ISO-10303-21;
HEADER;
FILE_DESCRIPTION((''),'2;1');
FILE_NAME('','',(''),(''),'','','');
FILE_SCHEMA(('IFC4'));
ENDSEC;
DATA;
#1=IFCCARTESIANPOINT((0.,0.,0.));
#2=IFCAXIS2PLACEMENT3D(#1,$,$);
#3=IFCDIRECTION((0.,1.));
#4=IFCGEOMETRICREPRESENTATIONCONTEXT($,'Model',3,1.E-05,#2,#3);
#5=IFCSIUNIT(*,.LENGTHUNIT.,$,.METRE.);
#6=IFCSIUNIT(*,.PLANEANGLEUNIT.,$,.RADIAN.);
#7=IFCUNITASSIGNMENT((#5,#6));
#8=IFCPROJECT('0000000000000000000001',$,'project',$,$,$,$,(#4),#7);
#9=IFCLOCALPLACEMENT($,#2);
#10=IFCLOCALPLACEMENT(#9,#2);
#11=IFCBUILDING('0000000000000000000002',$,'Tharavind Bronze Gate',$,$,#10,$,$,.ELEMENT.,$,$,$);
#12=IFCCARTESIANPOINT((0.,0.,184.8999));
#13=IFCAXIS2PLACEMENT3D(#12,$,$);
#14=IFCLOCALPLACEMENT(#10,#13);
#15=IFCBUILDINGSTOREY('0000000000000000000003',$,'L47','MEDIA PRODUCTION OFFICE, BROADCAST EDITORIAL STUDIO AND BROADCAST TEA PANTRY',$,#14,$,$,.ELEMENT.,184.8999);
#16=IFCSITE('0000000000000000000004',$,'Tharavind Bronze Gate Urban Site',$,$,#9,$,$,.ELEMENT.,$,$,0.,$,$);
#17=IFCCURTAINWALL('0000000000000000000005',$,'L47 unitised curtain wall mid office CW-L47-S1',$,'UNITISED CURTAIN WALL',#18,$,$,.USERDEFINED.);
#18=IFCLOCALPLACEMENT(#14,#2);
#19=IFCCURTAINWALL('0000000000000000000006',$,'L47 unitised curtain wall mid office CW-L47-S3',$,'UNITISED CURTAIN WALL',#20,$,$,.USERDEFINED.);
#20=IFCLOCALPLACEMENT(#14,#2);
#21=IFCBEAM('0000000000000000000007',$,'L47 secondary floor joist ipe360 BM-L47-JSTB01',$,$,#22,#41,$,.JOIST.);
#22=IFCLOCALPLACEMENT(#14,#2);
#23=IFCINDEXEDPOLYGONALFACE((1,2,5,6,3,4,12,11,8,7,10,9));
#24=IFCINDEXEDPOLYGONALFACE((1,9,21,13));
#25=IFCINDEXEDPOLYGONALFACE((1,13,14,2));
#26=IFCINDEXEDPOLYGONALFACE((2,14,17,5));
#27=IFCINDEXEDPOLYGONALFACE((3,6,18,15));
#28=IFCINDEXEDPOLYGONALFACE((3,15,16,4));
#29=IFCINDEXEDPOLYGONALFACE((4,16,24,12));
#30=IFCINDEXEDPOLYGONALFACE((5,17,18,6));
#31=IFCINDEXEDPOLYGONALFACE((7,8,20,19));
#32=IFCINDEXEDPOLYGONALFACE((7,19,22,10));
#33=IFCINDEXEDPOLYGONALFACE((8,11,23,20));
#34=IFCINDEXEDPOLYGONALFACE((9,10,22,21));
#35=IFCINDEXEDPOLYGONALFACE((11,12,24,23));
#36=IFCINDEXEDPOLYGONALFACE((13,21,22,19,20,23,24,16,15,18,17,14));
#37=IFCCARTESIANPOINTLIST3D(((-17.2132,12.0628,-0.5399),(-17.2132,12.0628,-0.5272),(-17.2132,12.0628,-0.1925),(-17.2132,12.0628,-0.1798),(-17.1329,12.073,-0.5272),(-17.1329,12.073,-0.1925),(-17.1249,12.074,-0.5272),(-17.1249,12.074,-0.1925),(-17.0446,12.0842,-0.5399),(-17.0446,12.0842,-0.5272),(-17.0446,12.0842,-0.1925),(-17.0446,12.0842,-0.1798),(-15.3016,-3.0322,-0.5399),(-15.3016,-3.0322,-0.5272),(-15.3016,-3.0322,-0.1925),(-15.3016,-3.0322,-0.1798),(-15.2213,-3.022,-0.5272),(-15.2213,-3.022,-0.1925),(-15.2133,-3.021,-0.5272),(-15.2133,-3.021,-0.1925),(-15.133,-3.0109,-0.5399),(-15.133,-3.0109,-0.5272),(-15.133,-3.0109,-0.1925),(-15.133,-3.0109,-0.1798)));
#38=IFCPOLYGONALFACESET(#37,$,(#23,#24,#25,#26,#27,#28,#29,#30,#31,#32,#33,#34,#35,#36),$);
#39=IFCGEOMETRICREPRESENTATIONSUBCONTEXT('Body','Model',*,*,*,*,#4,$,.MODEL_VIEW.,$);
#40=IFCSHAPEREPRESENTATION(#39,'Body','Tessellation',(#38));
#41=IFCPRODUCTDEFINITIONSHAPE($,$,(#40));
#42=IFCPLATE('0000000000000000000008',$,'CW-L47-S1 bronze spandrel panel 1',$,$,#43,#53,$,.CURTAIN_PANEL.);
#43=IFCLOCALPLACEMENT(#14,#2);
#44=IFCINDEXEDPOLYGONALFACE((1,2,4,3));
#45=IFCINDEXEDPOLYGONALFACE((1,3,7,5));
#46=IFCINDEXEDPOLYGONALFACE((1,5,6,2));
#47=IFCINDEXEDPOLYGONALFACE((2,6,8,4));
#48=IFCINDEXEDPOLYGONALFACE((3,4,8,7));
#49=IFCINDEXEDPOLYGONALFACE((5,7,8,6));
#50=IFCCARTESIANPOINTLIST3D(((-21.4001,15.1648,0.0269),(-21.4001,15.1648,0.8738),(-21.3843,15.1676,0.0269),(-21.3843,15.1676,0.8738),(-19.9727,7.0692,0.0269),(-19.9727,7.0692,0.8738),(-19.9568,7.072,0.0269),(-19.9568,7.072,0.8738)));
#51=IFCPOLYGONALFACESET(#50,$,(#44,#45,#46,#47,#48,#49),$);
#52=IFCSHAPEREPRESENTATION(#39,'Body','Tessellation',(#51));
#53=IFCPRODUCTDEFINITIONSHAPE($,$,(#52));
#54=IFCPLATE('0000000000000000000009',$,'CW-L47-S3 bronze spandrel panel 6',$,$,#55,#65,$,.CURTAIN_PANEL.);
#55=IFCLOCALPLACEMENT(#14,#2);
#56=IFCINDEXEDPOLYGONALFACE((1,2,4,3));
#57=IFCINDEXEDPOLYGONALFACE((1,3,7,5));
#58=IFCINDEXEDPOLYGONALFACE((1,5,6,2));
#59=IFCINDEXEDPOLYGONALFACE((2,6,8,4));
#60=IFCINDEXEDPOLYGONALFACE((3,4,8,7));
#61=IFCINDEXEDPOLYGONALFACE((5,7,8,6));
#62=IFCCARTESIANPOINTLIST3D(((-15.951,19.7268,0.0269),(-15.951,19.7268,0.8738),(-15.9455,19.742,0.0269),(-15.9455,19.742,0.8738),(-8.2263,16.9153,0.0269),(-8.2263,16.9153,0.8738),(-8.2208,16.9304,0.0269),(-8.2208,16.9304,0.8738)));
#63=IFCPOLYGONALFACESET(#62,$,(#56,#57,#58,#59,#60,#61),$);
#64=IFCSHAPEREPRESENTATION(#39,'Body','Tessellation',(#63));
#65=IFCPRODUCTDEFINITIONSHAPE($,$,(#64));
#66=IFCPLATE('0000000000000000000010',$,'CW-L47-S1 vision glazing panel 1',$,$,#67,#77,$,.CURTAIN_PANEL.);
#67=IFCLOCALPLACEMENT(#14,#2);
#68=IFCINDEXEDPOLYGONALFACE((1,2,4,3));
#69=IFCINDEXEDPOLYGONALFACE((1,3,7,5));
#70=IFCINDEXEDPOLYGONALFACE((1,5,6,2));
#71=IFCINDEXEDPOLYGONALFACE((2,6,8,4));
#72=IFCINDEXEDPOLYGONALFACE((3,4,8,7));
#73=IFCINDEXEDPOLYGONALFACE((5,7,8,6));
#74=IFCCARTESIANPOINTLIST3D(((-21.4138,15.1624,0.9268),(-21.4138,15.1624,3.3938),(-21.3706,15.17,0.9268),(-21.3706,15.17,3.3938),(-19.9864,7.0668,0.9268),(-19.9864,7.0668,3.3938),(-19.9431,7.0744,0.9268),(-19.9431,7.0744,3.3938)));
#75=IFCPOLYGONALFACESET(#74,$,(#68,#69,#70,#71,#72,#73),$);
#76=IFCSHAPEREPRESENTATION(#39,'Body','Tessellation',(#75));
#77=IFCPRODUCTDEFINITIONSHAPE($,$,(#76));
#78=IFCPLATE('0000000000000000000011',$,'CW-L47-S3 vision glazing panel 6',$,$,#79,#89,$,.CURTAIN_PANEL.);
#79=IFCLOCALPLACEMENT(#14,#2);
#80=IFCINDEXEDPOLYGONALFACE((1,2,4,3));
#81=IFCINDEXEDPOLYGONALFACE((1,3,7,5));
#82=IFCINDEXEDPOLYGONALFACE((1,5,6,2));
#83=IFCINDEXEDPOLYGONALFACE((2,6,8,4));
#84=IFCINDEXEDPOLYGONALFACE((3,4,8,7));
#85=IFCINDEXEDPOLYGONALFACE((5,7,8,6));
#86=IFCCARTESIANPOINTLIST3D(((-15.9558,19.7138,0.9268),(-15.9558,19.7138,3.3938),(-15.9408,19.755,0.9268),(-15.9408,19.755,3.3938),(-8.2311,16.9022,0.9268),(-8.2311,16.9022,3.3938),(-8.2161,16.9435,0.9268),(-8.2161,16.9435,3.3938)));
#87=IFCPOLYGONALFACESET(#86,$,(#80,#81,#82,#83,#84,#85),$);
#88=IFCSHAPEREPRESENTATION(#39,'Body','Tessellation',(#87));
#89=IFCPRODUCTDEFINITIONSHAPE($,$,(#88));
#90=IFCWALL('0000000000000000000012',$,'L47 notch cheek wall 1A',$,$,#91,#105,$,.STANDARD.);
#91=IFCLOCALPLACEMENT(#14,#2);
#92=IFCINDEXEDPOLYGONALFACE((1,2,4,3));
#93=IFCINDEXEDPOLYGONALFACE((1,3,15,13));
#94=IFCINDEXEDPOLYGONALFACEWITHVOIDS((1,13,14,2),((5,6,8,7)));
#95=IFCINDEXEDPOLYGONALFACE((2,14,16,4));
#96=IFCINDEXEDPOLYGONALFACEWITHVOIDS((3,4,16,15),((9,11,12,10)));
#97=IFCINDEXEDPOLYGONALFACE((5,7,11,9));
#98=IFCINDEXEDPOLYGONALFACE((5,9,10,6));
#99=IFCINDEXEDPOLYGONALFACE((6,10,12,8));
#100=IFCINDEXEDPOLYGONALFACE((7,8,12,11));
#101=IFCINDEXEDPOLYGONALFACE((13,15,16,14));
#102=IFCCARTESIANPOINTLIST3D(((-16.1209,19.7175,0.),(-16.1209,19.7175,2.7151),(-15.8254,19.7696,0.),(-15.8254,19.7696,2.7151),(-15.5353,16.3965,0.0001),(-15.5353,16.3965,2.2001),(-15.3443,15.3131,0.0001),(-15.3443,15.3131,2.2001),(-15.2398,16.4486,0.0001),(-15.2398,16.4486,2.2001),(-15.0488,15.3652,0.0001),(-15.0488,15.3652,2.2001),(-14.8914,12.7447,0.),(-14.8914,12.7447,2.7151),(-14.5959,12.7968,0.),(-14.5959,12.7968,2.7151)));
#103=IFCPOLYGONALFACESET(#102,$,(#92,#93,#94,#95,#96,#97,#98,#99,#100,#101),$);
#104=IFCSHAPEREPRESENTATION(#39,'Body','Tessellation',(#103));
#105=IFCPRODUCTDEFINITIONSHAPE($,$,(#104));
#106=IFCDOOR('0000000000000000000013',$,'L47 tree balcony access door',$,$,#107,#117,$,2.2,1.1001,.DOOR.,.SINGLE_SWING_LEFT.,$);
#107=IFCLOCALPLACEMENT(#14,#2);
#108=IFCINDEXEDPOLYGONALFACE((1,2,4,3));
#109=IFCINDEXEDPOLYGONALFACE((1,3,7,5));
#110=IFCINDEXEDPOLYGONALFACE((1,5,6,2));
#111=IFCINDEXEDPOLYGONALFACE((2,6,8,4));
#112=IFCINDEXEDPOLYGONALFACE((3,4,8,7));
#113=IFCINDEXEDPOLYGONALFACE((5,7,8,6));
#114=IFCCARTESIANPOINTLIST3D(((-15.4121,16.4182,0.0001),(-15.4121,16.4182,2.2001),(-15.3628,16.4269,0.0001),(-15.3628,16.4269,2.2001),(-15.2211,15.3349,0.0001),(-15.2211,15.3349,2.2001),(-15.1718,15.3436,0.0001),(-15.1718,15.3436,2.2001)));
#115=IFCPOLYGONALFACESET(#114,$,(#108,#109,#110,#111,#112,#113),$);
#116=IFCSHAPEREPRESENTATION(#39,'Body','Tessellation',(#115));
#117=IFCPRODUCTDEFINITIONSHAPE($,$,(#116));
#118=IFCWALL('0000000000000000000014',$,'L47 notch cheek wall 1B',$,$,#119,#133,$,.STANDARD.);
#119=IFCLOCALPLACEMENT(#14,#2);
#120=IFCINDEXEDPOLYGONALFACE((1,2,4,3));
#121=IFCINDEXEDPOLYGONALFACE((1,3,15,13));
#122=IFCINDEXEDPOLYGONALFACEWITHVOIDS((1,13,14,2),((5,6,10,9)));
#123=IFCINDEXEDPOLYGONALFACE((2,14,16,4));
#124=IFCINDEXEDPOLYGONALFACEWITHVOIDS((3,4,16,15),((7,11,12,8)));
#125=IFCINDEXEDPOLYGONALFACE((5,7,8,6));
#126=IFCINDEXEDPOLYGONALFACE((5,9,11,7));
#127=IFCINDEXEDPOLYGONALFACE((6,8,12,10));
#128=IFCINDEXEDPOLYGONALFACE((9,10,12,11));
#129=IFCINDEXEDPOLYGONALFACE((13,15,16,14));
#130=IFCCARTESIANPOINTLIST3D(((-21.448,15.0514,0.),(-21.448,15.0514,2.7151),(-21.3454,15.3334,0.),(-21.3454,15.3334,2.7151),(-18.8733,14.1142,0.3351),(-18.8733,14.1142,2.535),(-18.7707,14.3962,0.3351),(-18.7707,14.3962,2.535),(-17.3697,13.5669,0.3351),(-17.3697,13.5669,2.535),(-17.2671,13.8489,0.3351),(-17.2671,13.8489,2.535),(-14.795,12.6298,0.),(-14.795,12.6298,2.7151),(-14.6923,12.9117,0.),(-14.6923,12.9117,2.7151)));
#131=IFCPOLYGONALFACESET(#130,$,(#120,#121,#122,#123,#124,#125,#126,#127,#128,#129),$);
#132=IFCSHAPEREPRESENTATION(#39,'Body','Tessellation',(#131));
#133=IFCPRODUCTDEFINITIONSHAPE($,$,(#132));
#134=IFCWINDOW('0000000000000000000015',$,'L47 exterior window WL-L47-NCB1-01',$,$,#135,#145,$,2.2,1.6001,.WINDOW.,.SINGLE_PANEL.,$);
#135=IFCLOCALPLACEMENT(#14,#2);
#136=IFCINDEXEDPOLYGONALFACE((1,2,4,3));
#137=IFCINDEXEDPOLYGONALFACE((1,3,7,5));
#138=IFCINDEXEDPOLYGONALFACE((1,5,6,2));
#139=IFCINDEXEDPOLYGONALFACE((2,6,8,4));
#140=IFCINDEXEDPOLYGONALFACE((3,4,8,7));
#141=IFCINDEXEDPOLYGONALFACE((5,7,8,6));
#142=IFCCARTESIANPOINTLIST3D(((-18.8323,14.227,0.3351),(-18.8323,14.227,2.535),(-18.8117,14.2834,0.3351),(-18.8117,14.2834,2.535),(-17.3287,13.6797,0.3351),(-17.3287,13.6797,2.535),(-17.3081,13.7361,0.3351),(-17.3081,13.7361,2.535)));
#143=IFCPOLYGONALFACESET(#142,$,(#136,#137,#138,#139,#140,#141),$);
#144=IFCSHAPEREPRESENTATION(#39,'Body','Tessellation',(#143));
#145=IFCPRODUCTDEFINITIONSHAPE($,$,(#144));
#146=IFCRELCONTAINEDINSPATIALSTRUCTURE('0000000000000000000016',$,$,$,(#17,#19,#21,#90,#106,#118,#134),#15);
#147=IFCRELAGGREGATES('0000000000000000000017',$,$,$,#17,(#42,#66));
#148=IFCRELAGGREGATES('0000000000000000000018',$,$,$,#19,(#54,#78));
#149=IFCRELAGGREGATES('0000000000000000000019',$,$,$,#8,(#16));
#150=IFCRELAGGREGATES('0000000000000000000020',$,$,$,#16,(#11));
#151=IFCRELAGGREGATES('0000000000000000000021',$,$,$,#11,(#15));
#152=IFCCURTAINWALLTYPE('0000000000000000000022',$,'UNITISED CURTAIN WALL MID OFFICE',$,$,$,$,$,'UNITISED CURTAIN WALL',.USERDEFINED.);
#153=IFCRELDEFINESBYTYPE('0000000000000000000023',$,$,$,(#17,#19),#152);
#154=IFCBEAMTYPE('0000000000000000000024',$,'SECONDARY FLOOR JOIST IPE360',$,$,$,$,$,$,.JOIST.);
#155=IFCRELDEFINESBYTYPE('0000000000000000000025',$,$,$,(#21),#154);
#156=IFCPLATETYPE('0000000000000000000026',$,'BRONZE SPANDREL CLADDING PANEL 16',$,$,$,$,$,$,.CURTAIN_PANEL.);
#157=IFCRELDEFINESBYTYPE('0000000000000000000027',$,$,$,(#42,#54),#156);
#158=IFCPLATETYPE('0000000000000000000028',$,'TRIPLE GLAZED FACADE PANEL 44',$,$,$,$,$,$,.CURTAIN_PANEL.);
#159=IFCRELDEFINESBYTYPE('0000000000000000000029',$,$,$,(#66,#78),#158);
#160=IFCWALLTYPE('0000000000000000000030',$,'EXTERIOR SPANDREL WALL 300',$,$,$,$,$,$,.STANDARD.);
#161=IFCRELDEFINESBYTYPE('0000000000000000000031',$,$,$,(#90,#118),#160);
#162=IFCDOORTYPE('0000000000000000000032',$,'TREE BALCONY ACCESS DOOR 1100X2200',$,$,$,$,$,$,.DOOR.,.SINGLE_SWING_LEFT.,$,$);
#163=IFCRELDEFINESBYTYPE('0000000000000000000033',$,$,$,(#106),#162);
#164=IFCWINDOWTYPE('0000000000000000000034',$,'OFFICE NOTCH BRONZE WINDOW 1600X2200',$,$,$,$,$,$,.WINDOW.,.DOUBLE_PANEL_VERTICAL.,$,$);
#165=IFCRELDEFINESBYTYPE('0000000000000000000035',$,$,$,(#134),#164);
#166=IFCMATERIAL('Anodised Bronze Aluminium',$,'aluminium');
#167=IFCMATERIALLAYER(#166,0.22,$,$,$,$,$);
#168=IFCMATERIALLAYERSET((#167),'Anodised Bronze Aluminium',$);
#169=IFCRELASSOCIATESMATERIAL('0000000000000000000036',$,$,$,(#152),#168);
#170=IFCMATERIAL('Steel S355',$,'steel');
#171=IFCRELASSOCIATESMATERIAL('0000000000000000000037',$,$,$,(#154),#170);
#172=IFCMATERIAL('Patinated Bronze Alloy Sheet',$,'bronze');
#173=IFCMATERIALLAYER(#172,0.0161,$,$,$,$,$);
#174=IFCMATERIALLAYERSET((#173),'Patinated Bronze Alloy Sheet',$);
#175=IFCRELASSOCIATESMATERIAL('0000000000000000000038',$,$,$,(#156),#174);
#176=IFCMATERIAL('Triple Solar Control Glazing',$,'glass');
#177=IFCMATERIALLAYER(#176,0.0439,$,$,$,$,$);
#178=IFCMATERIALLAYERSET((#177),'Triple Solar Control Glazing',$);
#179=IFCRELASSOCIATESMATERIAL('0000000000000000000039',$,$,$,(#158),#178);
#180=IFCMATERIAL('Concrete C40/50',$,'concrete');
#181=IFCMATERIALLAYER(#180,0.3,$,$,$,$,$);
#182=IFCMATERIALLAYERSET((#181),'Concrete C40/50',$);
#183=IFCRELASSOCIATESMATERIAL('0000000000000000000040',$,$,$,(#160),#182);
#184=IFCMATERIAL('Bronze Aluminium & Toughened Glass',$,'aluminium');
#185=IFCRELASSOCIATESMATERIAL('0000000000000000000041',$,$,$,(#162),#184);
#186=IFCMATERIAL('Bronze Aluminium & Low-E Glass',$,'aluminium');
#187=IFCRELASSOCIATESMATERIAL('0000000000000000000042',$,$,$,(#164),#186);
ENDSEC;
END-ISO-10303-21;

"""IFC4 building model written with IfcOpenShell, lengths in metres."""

from ifc_helpers import new_model, si_unit, direction, frame, frame_2d, origin, origin_2d, place, context, subcontext, project, spatial, rectangle, i_section, extrude, material, layer, layer_set, material_profile, profile_set, type_object, element, fill, aggregate, save


model = new_model("IFC4")

# Units and contexts
model_context = context("Model", 3, precision=1e-05, world=origin(), true_north=direction((0.0, 1.0)))
body_context = subcontext(model_context, "Body", "Model", "MODEL_VIEW")
ifc_project = project(units=[si_unit("LENGTHUNIT", "METRE"), si_unit("PLANEANGLEUNIT", "RADIAN")], contexts=[model_context])

# Site, building, storey
site_placement = place(None, origin())
site = spatial("IfcSite", under=ifc_project, at=site_placement, Name="Tharavind Bronze Gate Urban Site", CompositionType="ELEMENT", RefElevation=0.0)
building_placement = place(site_placement, origin())
building = spatial("IfcBuilding", under=site, at=building_placement, Name="Tharavind Bronze Gate", CompositionType="ELEMENT")
storey_placement = place(building_placement, frame((0.0, 0.0, 184.8999)))
storey = spatial("IfcBuildingStorey", under=building, at=storey_placement, Name="L47", Description="MEDIA PRODUCTION OFFICE, BROADCAST EDITORIAL STUDIO AND BROADCAST TEA PANTRY", CompositionType="ELEMENT", Elevation=184.8999)

# Curtain wall
ifc_material_1 = material(Name="Anodised Bronze Aluminium", Category="aluminium")
ifc_layer_1 = layer(ifc_material_1, 0.22)
ifc_layer_set_1 = layer_set([ifc_layer_1], Name="Anodised Bronze Aluminium")
curtain_wall_type = type_object("IfcCurtainWallType", Name="UNITISED CURTAIN WALL MID OFFICE", ElementType="UNITISED CURTAIN WALL", PredefinedType="USERDEFINED", material=ifc_layer_set_1)
curtain_wall_1_placement = place(storey_placement, origin())
curtain_wall_1 = element("IfcCurtainWall", 1, at=curtain_wall_1_placement, inside=storey, type_object=curtain_wall_type, Name="L47 unitised curtain wall mid office CW-L47-S1", ObjectType="UNITISED CURTAIN WALL", PredefinedType="USERDEFINED")

# Curtain wall
curtain_wall_2_placement = place(storey_placement, origin())
curtain_wall_2 = element("IfcCurtainWall", 2, at=curtain_wall_2_placement, inside=storey, type_object=curtain_wall_type, Name="L47 unitised curtain wall mid office CW-L47-S3", ObjectType="UNITISED CURTAIN WALL", PredefinedType="USERDEFINED")

# Beam
ifc_material_2 = material(Name="Steel S355", Category="steel")
ifc_material_profile_1 = material_profile(ifc_material_2, i_section(OverallWidth=0.1699, OverallDepth=0.3601, WebThickness=0.0081, FlangeThickness=0.0127, at=origin_2d()), Name="IPE360")
ifc_profile_set_1 = profile_set([ifc_material_profile_1], Name="Steel S355")
beam_type_1 = type_object("IfcBeamType", Name="SECONDARY FLOOR JOIST IPE360", PredefinedType="JOIST", material=ifc_profile_set_1)
beam_1_placement = place(storey_placement, frame((-17.1289, 12.0735, -0.3599), z_axis=(0.125636, -0.992076, 0.0), x_axis=(0.992076, 0.125636, 0.0)))
element("IfcBeam", 3, at=beam_1_placement, inside=storey, type_object=beam_type_1, Name="L47 secondary floor joist ipe360 BM-L47-JSTB01", PredefinedType="JOIST", context=body_context, shape_type="SweptSolid", body=[
    extrude(i_section(OverallWidth=0.1699, OverallDepth=0.3601, WebThickness=0.0081, FlangeThickness=0.0127, at=origin_2d()), origin(), (0.0, 0.0, 1.0), 15.2156),
])

# Plates
ifc_material_3 = material(Name="Patinated Bronze Alloy Sheet", Category="bronze")
ifc_layer_2 = layer(ifc_material_3, 0.0161)
ifc_layer_set_2 = layer_set([ifc_layer_2], Name="Patinated Bronze Alloy Sheet")
plate_type_1 = type_object("IfcPlateType", Name="BRONZE SPANDREL CLADDING PANEL 16", PredefinedType="CURTAIN_PANEL", material=ifc_layer_set_2)
plate_1_placement = place(storey_placement, frame((-20.6785, 11.1184, 0.0269), z_axis=(0.0, 0.0, 1.0), x_axis=(0.173648, -0.984808, 0.0)))
plate_1 = element("IfcPlate", 4, at=plate_1_placement, type_object=plate_type_1, Name="CW-L47-S1 bronze spandrel panel 1", PredefinedType="CURTAIN_PANEL", context=body_context, shape_type="SweptSolid", body=[
    extrude(rectangle(XDim=8.2205, YDim=0.0161, at=origin_2d()), origin(), (0.0, 0.0, 1.0), 0.8469),
])
plate_2_placement = place(storey_placement, frame((-12.0859, 18.3286, 0.0269), z_axis=(0.0, 0.0, 1.0), x_axis=(-0.939692, 0.342022, 0.0)))
plate_2 = element("IfcPlate", 5, at=plate_2_placement, type_object=plate_type_1, Name="CW-L47-S3 bronze spandrel panel 6", PredefinedType="CURTAIN_PANEL", context=body_context, shape_type="SweptSolid", body=[
    extrude(rectangle(XDim=8.2205, YDim=0.0161, at=origin_2d()), origin(), (0.0, 0.0, 1.0), 0.8469),
])
ifc_material_4 = material(Name="Triple Solar Control Glazing", Category="glass")
ifc_layer_3 = layer(ifc_material_4, 0.0439)
ifc_layer_set_3 = layer_set([ifc_layer_3], Name="Triple Solar Control Glazing")
plate_type_2 = type_object("IfcPlateType", Name="TRIPLE GLAZED FACADE PANEL 44", PredefinedType="CURTAIN_PANEL", material=ifc_layer_set_3)
plate_3_placement = place(storey_placement, frame((-20.6785, 11.1184, 0.9268), z_axis=(0.0, 0.0, 1.0), x_axis=(0.173648, -0.984808, 0.0)))
plate_3 = element("IfcPlate", 6, at=plate_3_placement, type_object=plate_type_2, Name="CW-L47-S1 vision glazing panel 1", PredefinedType="CURTAIN_PANEL", context=body_context, shape_type="SweptSolid", body=[
    extrude(rectangle(XDim=8.2205, YDim=0.0439, at=origin_2d()), origin(), (0.0, 0.0, 1.0), 2.467),
])
aggregate(curtain_wall_1, [plate_1, plate_3])
plate_4_placement = place(storey_placement, frame((-12.0859, 18.3286, 0.9268), z_axis=(0.0, 0.0, 1.0), x_axis=(-0.939692, 0.342022, 0.0)))
plate_4 = element("IfcPlate", 7, at=plate_4_placement, type_object=plate_type_2, Name="CW-L47-S3 vision glazing panel 6", PredefinedType="CURTAIN_PANEL", context=body_context, shape_type="SweptSolid", body=[
    extrude(rectangle(XDim=8.2205, YDim=0.0439, at=origin_2d()), origin(), (0.0, 0.0, 1.0), 2.467),
])
aggregate(curtain_wall_2, [plate_2, plate_4])

# Wall, opening, door
ifc_material_5 = material(Name="Concrete C40/50", Category="concrete")
ifc_layer_4 = layer(ifc_material_5, 0.3)
ifc_layer_set_4 = layer_set([ifc_layer_4], Name="Concrete C40/50")
wall_type = type_object("IfcWallType", Name="EXTERIOR SPANDREL WALL 300", PredefinedType="STANDARD", material=ifc_layer_set_4)
wall_1_placement = place(storey_placement, frame((-15.9731, 19.7434, 0.0), z_axis=(0.0, 0.0, 1.0), x_axis=(0.173652, -0.984807, 0.0)))
wall_1 = element("IfcWall", 8, at=wall_1_placement, inside=storey, type_object=wall_type, Name="L47 notch cheek wall 1A", PredefinedType="STANDARD", context=body_context, shape_type="SweptSolid", body=[
    extrude(rectangle(XDim=7.0803, YDim=0.3, at=frame_2d((3.54, 0.0))), origin(), (0.0, 0.0, 1.0), 2.7151),
])
opening_1_placement = place(wall_1_placement, frame((3.3721, 0.0, 0.0)))
opening_1 = element("IfcOpeningElement", 9, at=opening_1_placement, cuts=wall_1, PredefinedType="OPENING", context=body_context, shape_type="SweptSolid", body=[
    extrude(rectangle(XDim=1.1001, YDim=2.2, at=frame_2d((0.55, 1.1001))), frame((0.0, 0.1599, 0.0), z_axis=(0.0, -1.0, 0.0), x_axis=(1.0, 0.0, 0.0)), (0.0, 0.0, 1.0), 0.32),
])
ifc_material_6 = material(Name="Bronze Aluminium & Toughened Glass", Category="aluminium")
door_type = type_object("IfcDoorType", Name="TREE BALCONY ACCESS DOOR 1100X2200", OperationType="SINGLE_SWING_LEFT", PredefinedType="DOOR", material=ifc_material_6)
door_placement = place(opening_1_placement, frame((1.1001, 0.0, 0.0), z_axis=(0.0, 0.0, 1.0), x_axis=(-1.0, 0.0, 0.0)))
door = element("IfcDoor", 10, at=door_placement, inside=storey, type_object=door_type, Name="L47 tree balcony access door", OperationType="SINGLE_SWING_LEFT", OverallHeight=2.2, OverallWidth=1.1001, PredefinedType="DOOR", context=body_context, shape_type="SweptSolid", body=[
    extrude(rectangle(XDim=1.1001, YDim=2.2, at=frame_2d((0.55, 1.1001))), frame((0.0, 0.0249, 0.0), z_axis=(0.0, -1.0, 0.0), x_axis=(1.0, 0.0, 0.0)), (0.0, 0.0, 1.0), 0.05),
])
fill(opening_1, door)

# Wall, opening, window
wall_2_placement = place(storey_placement, frame((-14.7437, 12.7708, 0.0), z_axis=(0.0, 0.0, 1.0), x_axis=(-0.939688, 0.342034, 0.0)))
wall_2 = element("IfcWall", 11, at=wall_2_placement, inside=storey, type_object=wall_type, Name="L47 notch cheek wall 1B", PredefinedType="STANDARD", context=body_context, shape_type="SweptSolid", body=[
    extrude(rectangle(XDim=7.0801, YDim=0.3, at=frame_2d((3.54, 0.0))), origin(), (0.0, 0.0, 1.0), 2.7151),
])
opening_2_placement = place(wall_2_placement, frame((2.74, 0.0, 0.335)))
opening_2 = element("IfcOpeningElement", 12, at=opening_2_placement, cuts=wall_2, PredefinedType="OPENING", context=body_context, shape_type="SweptSolid", body=[
    extrude(rectangle(XDim=1.6001, YDim=2.2, at=frame_2d((0.8, 1.1001))), frame((0.0, 0.1599, 0.0), z_axis=(0.0, -1.0, 0.0), x_axis=(1.0, 0.0, 0.0)), (0.0, 0.0, 1.0), 0.32),
])
ifc_material_7 = material(Name="Bronze Aluminium & Low-E Glass", Category="aluminium")
window_type = type_object("IfcWindowType", Name="OFFICE NOTCH BRONZE WINDOW 1600X2200", PartitioningType="DOUBLE_PANEL_VERTICAL", PredefinedType="WINDOW", material=ifc_material_7)
window_placement = place(opening_2_placement, origin())
window = element("IfcWindow", 13, at=window_placement, inside=storey, type_object=window_type, Name="L47 exterior window WL-L47-NCB1-01", OverallHeight=2.2, OverallWidth=1.6001, PartitioningType="SINGLE_PANEL", PredefinedType="WINDOW", context=body_context, shape_type="SweptSolid", body=[
    extrude(rectangle(XDim=1.6001, YDim=2.2, at=frame_2d((0.8, 1.1001))), frame((0.0, 0.03, 0.0), z_axis=(0.0, -1.0, 0.0), x_axis=(1.0, 0.0, 0.0)), (0.0, 0.0, 1.0), 0.0601),
])
fill(opening_2, window)

save(model, "model.ifc")
